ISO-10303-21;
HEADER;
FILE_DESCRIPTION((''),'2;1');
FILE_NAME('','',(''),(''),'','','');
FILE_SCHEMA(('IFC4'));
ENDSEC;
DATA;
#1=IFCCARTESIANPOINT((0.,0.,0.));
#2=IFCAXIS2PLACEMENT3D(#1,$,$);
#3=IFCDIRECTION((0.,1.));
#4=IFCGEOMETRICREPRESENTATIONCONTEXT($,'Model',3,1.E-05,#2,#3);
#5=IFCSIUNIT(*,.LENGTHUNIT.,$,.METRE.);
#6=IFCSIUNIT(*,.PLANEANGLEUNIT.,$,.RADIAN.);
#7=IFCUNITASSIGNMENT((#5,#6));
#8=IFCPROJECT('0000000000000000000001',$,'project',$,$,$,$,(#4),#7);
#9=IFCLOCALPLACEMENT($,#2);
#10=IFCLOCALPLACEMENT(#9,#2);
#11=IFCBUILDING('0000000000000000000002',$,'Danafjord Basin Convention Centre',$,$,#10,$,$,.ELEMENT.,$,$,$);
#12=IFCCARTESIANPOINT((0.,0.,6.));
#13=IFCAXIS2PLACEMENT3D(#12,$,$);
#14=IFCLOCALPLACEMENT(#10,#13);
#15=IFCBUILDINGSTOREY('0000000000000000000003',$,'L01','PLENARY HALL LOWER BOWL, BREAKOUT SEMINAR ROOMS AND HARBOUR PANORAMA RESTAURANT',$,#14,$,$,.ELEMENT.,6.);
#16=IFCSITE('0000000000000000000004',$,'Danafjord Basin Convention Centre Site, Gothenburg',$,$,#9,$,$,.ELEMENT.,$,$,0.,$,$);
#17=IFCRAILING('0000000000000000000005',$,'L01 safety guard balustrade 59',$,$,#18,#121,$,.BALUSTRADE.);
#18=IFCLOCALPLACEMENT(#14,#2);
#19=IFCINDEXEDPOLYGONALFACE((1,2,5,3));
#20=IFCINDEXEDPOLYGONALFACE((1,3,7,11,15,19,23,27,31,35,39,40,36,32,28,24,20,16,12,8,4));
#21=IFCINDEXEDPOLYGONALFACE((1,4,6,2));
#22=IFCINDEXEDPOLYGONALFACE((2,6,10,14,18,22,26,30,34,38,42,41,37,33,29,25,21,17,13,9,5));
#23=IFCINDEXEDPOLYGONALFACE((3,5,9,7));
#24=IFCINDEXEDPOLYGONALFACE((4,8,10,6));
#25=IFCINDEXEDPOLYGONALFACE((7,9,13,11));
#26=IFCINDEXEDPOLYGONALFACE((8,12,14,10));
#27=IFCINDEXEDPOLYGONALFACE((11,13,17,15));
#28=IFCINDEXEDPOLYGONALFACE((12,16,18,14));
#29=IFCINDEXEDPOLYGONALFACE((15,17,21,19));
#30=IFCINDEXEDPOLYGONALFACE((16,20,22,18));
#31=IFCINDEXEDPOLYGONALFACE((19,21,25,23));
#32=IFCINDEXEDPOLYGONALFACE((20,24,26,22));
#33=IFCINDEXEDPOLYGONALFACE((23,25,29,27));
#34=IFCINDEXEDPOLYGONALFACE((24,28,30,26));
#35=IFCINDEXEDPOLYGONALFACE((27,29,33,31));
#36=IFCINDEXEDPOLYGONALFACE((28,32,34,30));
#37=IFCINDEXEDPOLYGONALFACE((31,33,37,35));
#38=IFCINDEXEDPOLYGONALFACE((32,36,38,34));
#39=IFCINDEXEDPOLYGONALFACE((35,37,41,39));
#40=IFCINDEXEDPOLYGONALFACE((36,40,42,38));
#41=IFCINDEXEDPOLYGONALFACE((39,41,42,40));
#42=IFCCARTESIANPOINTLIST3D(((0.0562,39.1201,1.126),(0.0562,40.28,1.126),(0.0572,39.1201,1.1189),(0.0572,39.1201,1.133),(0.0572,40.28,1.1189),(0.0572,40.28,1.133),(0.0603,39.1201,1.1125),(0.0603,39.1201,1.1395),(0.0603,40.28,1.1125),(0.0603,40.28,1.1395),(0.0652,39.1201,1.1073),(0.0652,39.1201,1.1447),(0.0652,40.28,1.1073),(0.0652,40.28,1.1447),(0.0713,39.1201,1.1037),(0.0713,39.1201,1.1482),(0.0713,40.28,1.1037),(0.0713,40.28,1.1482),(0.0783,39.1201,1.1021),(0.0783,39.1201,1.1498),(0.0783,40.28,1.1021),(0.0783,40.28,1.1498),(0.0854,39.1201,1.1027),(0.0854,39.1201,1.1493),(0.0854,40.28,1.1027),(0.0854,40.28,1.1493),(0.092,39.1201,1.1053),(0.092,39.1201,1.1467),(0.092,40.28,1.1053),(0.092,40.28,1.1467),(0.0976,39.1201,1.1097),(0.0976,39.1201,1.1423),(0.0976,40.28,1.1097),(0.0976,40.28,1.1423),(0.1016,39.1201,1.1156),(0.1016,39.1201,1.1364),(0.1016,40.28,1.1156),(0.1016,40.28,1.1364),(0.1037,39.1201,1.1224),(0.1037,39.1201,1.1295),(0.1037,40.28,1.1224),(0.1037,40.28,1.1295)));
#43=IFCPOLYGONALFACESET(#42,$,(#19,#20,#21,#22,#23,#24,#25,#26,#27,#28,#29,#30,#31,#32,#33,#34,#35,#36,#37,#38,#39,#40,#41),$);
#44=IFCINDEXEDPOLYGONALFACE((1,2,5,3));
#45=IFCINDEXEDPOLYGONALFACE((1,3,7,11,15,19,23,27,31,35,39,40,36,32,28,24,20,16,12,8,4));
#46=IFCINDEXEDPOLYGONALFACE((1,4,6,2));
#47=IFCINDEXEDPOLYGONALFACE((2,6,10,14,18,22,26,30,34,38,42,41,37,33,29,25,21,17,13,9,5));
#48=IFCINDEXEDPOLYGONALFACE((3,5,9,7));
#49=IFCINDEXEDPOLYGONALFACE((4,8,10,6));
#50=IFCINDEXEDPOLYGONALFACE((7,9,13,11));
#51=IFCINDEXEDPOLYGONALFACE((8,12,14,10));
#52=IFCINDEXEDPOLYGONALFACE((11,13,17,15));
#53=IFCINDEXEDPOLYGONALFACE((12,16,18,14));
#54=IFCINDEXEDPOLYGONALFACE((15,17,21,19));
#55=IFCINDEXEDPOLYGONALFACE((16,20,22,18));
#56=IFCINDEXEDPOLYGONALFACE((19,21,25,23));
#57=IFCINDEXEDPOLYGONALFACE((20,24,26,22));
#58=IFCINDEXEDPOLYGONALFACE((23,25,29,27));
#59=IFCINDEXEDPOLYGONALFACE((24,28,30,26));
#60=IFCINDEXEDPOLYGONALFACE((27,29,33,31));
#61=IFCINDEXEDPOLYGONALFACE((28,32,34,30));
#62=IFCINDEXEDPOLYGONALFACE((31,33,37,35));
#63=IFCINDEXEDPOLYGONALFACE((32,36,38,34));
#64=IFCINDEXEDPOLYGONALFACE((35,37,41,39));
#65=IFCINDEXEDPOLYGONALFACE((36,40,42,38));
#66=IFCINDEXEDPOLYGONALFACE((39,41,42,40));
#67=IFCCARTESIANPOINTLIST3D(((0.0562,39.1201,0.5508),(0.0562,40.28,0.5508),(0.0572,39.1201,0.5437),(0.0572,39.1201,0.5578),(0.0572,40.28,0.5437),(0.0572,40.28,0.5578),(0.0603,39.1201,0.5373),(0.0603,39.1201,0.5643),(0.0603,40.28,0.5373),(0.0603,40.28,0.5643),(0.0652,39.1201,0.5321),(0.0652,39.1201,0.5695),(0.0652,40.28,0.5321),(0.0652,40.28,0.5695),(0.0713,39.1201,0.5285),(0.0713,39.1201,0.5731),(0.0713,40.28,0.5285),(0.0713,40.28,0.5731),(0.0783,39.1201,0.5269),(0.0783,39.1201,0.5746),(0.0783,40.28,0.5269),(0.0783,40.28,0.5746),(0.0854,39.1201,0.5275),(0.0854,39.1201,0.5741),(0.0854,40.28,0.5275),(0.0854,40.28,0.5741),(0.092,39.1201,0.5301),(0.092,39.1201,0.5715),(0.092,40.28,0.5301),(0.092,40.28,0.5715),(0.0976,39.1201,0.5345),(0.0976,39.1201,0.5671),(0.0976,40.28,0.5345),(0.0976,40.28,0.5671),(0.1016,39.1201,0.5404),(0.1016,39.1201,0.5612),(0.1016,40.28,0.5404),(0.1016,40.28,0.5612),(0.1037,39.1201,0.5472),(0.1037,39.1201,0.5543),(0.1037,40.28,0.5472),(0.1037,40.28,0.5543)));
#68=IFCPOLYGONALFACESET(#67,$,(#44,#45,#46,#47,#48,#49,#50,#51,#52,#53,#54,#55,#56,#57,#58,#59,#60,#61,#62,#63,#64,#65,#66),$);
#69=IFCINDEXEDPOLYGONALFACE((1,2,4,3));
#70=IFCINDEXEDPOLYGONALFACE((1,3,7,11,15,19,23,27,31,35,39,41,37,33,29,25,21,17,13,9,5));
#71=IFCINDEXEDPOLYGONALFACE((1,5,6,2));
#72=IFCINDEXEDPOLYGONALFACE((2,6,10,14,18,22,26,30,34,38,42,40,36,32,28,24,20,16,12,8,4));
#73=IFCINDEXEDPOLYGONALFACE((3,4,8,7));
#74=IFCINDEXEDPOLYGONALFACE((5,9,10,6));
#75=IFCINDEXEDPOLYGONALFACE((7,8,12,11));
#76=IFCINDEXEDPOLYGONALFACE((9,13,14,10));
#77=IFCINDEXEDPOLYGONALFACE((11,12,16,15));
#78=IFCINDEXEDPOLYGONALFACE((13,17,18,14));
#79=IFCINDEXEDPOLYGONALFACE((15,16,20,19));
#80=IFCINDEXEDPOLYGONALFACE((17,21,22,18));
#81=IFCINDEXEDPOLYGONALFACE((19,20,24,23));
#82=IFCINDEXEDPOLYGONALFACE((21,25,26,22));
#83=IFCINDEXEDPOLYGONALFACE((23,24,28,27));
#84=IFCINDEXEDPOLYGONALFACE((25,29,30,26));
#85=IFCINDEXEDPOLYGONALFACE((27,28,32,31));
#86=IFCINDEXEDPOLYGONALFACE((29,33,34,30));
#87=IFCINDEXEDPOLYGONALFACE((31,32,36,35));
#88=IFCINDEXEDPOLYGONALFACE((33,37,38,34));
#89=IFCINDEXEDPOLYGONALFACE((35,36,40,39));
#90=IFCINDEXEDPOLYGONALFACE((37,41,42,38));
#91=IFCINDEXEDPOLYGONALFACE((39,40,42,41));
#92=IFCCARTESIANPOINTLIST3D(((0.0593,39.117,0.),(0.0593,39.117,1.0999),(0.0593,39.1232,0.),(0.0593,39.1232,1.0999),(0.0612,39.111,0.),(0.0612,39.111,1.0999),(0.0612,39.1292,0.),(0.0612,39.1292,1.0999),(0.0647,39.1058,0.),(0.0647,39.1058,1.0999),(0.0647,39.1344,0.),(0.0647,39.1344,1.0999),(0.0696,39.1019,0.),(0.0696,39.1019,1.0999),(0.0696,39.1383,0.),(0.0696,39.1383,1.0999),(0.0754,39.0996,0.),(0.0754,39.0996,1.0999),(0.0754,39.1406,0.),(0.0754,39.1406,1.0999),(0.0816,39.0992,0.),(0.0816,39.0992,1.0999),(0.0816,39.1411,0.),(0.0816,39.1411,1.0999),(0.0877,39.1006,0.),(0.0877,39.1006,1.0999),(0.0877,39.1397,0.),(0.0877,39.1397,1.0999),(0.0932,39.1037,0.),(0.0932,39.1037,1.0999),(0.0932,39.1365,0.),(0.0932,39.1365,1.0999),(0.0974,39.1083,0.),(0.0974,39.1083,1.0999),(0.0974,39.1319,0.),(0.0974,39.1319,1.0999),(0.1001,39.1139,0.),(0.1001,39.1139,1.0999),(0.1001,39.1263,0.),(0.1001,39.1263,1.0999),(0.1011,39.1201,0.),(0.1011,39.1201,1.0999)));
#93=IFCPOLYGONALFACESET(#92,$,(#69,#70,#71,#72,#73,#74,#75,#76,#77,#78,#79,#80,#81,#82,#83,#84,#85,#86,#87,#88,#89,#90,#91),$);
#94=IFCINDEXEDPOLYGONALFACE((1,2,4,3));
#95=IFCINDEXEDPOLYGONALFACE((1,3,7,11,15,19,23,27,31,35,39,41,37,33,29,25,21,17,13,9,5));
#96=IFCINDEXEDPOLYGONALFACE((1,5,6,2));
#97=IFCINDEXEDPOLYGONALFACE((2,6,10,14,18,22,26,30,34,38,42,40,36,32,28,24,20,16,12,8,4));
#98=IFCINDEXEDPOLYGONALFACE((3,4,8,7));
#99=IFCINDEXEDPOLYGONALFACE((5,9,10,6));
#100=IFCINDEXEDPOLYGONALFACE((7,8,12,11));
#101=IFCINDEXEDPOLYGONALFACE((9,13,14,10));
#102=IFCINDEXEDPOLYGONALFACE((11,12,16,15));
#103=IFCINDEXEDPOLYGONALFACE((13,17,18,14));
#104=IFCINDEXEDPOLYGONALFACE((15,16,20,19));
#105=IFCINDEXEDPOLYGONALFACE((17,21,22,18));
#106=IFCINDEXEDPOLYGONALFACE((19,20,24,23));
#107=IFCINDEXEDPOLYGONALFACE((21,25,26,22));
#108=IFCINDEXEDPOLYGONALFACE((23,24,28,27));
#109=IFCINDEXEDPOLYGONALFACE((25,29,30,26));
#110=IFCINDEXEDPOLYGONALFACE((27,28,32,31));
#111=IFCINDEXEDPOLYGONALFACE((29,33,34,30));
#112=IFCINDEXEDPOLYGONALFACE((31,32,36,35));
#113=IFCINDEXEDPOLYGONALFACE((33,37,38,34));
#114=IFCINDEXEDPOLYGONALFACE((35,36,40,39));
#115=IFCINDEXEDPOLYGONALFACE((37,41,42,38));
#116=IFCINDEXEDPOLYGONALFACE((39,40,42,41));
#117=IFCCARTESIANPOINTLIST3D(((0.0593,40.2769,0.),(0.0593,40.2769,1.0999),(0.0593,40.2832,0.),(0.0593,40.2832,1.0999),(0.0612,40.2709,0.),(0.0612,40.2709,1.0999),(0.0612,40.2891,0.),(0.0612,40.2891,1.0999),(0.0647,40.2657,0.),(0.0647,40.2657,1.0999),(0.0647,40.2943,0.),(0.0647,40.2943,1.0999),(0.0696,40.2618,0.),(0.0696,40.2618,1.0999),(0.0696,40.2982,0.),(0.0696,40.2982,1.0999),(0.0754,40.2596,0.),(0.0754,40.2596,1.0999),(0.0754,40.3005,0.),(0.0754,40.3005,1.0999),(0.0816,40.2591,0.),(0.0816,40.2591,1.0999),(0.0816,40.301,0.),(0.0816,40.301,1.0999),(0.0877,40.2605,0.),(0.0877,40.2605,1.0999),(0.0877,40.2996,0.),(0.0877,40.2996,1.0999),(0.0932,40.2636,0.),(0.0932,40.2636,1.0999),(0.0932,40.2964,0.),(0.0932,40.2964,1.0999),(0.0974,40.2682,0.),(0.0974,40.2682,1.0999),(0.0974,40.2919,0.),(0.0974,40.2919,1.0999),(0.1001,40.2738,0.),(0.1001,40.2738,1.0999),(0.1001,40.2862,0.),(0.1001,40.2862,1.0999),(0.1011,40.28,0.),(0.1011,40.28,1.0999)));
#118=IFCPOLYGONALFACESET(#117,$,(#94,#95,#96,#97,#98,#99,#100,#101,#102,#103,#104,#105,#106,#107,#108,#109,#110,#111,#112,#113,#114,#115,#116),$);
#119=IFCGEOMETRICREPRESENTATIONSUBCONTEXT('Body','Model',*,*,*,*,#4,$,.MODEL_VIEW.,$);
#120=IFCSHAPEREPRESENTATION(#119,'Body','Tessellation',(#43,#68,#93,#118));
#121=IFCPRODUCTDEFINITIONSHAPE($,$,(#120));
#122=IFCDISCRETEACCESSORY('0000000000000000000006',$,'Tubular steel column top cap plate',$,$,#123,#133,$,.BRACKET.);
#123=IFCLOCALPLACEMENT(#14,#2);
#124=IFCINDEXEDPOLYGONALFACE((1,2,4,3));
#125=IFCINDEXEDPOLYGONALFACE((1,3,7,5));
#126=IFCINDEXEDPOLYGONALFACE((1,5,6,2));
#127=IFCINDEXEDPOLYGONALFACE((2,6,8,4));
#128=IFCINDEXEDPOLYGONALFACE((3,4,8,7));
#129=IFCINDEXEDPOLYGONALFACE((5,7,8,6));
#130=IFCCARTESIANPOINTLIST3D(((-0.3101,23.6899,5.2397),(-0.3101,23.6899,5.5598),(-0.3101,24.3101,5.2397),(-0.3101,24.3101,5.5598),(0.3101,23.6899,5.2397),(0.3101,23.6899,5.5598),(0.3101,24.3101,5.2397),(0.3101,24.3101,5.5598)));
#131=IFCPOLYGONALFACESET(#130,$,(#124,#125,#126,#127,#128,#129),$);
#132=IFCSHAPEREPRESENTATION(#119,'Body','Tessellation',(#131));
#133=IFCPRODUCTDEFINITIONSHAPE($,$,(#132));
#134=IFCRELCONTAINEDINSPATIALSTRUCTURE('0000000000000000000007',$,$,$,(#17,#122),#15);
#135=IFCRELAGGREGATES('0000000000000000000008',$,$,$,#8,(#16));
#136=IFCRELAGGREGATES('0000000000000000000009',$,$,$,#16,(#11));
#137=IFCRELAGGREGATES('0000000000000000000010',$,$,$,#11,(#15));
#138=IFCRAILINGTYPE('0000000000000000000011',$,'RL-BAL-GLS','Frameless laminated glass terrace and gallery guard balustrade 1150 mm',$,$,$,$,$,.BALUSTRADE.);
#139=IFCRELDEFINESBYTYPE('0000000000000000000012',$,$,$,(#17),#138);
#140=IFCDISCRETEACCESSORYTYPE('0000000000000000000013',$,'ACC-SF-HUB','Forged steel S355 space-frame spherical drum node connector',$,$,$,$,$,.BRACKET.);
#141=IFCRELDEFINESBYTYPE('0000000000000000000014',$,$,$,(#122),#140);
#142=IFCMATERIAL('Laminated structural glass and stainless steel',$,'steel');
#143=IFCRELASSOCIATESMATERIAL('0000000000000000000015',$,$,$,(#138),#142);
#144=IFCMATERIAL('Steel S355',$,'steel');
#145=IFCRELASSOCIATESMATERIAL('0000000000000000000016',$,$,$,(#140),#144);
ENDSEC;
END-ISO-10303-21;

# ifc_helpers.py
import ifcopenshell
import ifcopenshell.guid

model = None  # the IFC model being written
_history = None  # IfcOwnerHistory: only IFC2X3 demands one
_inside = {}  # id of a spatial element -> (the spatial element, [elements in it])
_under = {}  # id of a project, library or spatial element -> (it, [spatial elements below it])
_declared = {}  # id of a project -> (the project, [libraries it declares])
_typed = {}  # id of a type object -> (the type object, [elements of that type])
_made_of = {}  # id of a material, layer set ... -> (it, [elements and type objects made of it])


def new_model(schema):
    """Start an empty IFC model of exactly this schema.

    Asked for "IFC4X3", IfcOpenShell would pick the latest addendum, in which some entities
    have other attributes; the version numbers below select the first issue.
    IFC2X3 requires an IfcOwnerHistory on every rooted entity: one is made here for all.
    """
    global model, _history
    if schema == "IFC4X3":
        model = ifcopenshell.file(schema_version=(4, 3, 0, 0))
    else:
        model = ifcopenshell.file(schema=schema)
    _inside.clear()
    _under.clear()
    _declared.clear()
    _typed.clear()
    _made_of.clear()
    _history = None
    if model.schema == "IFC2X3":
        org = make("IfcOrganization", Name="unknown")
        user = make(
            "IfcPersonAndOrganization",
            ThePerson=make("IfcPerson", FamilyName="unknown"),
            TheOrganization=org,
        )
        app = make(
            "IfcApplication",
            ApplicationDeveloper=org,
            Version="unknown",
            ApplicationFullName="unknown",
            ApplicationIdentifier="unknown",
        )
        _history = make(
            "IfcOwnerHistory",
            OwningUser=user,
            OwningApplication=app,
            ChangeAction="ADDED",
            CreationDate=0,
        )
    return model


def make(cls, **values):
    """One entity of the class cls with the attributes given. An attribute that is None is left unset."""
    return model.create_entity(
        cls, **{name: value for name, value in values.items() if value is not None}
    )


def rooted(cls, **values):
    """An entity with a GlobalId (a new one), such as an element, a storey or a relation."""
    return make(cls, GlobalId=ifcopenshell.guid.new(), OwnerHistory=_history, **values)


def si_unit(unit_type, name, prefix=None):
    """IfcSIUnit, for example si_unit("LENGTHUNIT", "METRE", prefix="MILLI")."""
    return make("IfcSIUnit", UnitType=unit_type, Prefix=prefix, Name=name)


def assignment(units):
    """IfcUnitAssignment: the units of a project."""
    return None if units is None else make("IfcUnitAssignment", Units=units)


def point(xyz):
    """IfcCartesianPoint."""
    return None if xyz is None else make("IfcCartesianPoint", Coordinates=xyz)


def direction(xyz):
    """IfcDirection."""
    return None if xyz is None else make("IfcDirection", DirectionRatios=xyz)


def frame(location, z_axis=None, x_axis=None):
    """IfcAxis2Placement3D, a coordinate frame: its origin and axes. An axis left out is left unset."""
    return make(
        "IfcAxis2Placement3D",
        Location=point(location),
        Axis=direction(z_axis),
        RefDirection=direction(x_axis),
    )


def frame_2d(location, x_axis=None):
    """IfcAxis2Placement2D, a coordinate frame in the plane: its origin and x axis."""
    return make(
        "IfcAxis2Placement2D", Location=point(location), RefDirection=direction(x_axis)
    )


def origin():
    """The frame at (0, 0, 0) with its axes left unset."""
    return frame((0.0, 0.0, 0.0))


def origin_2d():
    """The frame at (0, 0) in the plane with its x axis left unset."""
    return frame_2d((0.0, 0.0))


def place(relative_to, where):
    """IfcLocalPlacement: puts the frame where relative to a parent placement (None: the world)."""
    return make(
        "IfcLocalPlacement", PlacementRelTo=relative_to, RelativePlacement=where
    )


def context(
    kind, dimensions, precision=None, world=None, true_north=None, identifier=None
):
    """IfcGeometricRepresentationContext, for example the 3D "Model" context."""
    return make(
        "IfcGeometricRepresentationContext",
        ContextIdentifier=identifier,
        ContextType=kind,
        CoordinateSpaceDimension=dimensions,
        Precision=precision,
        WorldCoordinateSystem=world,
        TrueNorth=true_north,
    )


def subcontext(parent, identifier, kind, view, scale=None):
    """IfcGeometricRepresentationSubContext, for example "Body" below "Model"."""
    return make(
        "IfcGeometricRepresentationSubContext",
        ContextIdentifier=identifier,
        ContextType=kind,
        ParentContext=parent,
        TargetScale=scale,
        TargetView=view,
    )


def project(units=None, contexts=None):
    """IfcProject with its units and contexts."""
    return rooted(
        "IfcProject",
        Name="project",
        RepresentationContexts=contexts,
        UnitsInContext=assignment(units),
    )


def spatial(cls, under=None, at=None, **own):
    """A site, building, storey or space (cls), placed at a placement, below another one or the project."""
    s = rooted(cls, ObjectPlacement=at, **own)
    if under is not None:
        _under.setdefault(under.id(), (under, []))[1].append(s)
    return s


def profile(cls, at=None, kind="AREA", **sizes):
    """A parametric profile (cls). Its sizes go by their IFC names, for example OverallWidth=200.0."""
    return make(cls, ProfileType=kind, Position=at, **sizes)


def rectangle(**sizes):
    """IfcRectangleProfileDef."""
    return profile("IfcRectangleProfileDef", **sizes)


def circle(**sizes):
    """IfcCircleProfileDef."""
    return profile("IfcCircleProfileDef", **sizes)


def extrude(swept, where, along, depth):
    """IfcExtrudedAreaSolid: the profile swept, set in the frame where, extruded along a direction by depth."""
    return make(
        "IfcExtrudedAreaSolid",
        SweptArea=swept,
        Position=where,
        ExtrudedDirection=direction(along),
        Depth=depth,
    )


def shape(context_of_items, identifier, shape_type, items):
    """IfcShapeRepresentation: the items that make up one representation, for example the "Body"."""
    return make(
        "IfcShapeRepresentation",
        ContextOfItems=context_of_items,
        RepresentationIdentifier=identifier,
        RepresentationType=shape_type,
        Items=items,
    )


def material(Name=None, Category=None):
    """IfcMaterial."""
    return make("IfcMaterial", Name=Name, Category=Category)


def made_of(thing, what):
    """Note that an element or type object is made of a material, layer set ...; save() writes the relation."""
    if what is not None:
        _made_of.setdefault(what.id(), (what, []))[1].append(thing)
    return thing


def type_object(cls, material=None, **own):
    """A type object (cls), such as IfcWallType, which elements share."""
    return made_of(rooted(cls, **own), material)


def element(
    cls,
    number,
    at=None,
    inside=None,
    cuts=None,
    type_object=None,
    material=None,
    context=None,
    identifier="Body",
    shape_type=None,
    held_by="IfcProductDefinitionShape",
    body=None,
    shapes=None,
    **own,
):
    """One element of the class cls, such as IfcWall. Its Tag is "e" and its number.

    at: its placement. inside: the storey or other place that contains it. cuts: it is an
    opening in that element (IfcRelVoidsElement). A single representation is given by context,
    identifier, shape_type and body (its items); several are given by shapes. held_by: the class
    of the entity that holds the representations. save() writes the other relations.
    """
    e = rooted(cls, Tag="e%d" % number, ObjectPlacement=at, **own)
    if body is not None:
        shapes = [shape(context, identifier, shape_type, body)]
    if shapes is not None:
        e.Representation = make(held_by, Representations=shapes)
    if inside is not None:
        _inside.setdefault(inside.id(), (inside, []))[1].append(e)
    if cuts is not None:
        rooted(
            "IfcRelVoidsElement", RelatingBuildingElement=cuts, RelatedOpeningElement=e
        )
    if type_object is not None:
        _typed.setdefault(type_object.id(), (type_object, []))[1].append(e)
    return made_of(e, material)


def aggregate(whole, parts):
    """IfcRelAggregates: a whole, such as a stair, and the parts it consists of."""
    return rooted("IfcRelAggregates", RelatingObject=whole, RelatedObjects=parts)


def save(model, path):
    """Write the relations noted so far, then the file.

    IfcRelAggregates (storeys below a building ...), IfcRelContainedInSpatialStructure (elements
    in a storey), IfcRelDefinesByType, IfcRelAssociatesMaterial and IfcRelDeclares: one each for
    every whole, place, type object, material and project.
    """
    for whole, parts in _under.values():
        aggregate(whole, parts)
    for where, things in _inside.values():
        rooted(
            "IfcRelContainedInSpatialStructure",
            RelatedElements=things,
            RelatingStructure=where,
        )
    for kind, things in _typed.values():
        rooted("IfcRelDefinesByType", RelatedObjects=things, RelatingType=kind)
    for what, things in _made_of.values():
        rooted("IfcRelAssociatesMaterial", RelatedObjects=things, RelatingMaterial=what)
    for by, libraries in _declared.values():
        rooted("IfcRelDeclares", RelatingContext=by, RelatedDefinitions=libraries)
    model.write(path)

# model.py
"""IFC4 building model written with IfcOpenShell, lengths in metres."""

from ifc_helpers import new_model, si_unit, direction, frame, origin, origin_2d, place, context, subcontext, project, spatial, rectangle, circle, extrude, material, type_object, element, save


model = new_model("IFC4")

# Units and contexts
model_context = context("Model", 3, precision=1e-05, world=origin(), true_north=direction((0.0, 1.0)))
body_context = subcontext(model_context, "Body", "Model", "MODEL_VIEW")
ifc_project = project(units=[si_unit("LENGTHUNIT", "METRE"), si_unit("PLANEANGLEUNIT", "RADIAN")], contexts=[model_context])

# Site, building, storey
site_placement = place(None, origin())
site = spatial("IfcSite", under=ifc_project, at=site_placement, Name="Danafjord Basin Convention Centre Site, Gothenburg", CompositionType="ELEMENT", RefElevation=0.0)
building_placement = place(site_placement, origin())
building = spatial("IfcBuilding", under=site, at=building_placement, Name="Danafjord Basin Convention Centre", CompositionType="ELEMENT")
storey_placement = place(building_placement, frame((0.0, 0.0, 6.0)))
storey = spatial("IfcBuildingStorey", under=building, at=storey_placement, Name="L01", Description="PLENARY HALL LOWER BOWL, BREAKOUT SEMINAR ROOMS AND HARBOUR PANORAMA RESTAURANT", CompositionType="ELEMENT", Elevation=6.0)

# Shared definitions
ifc_material_1 = material(Name="Steel S355", Category="steel")

# Railing
ifc_material_2 = material(Name="Laminated structural glass and stainless steel", Category="steel")
railing_type = type_object("IfcRailingType", Name="RL-BAL-GLS", Description="Frameless laminated glass terrace and gallery guard balustrade 1150 mm", PredefinedType="BALUSTRADE", material=ifc_material_2)
for number, where, name in (
    (1, (0.0801, 39.1201, 0.0), "L01 safety guard balustrade 59"),
):
    element("IfcRailing", number, at=place(storey_placement, frame(where)), inside=storey, type_object=railing_type, Name=name, PredefinedType="BALUSTRADE", context=body_context, shape_type="SweptSolid", body=[
        extrude(circle(Radius=0.0239, at=origin_2d()), frame((0.0, 0.0, 1.126), z_axis=(0.0, 1.0, 0.0), x_axis=(-1.0, 0.0, 0.0)), (0.0, 0.0, 1.0), 1.1599),
        extrude(circle(Radius=0.0239, at=origin_2d()), frame((0.0, 0.0, 0.5508), z_axis=(0.0, 1.0, 0.0), x_axis=(-1.0, 0.0, 0.0)), (0.0, 0.0, 1.0), 1.1599),
        extrude(circle(Radius=0.021, at=origin_2d()), origin(), (0.0, 0.0, 1.0), 1.0999),
        extrude(circle(Radius=0.021, at=origin_2d()), frame((0.0, 1.1599, 0.0)), (0.0, 0.0, 1.0), 1.0999),
    ])

# Discrete accessory
discrete_accessory_type = type_object("IfcDiscreteAccessoryType", Name="ACC-SF-HUB", Description="Forged steel S355 space-frame spherical drum node connector", PredefinedType="BRACKET", material=ifc_material_1)
discrete_accessory_placement = place(storey_placement, frame((0.0, 24.0, 5.2397), z_axis=(0.0, 0.0, 1.0), x_axis=(1.0, 0.0, 0.0)))
element("IfcDiscreteAccessory", 2, at=discrete_accessory_placement, inside=storey, type_object=discrete_accessory_type, Name="Tubular steel column top cap plate", PredefinedType="BRACKET", context=body_context, shape_type="SweptSolid", body=[
    extrude(rectangle(XDim=0.6201, YDim=0.6201, at=origin_2d()), origin(), (0.0, 0.0, 1.0), 0.3201),
])

save(model, "model.ifc")
